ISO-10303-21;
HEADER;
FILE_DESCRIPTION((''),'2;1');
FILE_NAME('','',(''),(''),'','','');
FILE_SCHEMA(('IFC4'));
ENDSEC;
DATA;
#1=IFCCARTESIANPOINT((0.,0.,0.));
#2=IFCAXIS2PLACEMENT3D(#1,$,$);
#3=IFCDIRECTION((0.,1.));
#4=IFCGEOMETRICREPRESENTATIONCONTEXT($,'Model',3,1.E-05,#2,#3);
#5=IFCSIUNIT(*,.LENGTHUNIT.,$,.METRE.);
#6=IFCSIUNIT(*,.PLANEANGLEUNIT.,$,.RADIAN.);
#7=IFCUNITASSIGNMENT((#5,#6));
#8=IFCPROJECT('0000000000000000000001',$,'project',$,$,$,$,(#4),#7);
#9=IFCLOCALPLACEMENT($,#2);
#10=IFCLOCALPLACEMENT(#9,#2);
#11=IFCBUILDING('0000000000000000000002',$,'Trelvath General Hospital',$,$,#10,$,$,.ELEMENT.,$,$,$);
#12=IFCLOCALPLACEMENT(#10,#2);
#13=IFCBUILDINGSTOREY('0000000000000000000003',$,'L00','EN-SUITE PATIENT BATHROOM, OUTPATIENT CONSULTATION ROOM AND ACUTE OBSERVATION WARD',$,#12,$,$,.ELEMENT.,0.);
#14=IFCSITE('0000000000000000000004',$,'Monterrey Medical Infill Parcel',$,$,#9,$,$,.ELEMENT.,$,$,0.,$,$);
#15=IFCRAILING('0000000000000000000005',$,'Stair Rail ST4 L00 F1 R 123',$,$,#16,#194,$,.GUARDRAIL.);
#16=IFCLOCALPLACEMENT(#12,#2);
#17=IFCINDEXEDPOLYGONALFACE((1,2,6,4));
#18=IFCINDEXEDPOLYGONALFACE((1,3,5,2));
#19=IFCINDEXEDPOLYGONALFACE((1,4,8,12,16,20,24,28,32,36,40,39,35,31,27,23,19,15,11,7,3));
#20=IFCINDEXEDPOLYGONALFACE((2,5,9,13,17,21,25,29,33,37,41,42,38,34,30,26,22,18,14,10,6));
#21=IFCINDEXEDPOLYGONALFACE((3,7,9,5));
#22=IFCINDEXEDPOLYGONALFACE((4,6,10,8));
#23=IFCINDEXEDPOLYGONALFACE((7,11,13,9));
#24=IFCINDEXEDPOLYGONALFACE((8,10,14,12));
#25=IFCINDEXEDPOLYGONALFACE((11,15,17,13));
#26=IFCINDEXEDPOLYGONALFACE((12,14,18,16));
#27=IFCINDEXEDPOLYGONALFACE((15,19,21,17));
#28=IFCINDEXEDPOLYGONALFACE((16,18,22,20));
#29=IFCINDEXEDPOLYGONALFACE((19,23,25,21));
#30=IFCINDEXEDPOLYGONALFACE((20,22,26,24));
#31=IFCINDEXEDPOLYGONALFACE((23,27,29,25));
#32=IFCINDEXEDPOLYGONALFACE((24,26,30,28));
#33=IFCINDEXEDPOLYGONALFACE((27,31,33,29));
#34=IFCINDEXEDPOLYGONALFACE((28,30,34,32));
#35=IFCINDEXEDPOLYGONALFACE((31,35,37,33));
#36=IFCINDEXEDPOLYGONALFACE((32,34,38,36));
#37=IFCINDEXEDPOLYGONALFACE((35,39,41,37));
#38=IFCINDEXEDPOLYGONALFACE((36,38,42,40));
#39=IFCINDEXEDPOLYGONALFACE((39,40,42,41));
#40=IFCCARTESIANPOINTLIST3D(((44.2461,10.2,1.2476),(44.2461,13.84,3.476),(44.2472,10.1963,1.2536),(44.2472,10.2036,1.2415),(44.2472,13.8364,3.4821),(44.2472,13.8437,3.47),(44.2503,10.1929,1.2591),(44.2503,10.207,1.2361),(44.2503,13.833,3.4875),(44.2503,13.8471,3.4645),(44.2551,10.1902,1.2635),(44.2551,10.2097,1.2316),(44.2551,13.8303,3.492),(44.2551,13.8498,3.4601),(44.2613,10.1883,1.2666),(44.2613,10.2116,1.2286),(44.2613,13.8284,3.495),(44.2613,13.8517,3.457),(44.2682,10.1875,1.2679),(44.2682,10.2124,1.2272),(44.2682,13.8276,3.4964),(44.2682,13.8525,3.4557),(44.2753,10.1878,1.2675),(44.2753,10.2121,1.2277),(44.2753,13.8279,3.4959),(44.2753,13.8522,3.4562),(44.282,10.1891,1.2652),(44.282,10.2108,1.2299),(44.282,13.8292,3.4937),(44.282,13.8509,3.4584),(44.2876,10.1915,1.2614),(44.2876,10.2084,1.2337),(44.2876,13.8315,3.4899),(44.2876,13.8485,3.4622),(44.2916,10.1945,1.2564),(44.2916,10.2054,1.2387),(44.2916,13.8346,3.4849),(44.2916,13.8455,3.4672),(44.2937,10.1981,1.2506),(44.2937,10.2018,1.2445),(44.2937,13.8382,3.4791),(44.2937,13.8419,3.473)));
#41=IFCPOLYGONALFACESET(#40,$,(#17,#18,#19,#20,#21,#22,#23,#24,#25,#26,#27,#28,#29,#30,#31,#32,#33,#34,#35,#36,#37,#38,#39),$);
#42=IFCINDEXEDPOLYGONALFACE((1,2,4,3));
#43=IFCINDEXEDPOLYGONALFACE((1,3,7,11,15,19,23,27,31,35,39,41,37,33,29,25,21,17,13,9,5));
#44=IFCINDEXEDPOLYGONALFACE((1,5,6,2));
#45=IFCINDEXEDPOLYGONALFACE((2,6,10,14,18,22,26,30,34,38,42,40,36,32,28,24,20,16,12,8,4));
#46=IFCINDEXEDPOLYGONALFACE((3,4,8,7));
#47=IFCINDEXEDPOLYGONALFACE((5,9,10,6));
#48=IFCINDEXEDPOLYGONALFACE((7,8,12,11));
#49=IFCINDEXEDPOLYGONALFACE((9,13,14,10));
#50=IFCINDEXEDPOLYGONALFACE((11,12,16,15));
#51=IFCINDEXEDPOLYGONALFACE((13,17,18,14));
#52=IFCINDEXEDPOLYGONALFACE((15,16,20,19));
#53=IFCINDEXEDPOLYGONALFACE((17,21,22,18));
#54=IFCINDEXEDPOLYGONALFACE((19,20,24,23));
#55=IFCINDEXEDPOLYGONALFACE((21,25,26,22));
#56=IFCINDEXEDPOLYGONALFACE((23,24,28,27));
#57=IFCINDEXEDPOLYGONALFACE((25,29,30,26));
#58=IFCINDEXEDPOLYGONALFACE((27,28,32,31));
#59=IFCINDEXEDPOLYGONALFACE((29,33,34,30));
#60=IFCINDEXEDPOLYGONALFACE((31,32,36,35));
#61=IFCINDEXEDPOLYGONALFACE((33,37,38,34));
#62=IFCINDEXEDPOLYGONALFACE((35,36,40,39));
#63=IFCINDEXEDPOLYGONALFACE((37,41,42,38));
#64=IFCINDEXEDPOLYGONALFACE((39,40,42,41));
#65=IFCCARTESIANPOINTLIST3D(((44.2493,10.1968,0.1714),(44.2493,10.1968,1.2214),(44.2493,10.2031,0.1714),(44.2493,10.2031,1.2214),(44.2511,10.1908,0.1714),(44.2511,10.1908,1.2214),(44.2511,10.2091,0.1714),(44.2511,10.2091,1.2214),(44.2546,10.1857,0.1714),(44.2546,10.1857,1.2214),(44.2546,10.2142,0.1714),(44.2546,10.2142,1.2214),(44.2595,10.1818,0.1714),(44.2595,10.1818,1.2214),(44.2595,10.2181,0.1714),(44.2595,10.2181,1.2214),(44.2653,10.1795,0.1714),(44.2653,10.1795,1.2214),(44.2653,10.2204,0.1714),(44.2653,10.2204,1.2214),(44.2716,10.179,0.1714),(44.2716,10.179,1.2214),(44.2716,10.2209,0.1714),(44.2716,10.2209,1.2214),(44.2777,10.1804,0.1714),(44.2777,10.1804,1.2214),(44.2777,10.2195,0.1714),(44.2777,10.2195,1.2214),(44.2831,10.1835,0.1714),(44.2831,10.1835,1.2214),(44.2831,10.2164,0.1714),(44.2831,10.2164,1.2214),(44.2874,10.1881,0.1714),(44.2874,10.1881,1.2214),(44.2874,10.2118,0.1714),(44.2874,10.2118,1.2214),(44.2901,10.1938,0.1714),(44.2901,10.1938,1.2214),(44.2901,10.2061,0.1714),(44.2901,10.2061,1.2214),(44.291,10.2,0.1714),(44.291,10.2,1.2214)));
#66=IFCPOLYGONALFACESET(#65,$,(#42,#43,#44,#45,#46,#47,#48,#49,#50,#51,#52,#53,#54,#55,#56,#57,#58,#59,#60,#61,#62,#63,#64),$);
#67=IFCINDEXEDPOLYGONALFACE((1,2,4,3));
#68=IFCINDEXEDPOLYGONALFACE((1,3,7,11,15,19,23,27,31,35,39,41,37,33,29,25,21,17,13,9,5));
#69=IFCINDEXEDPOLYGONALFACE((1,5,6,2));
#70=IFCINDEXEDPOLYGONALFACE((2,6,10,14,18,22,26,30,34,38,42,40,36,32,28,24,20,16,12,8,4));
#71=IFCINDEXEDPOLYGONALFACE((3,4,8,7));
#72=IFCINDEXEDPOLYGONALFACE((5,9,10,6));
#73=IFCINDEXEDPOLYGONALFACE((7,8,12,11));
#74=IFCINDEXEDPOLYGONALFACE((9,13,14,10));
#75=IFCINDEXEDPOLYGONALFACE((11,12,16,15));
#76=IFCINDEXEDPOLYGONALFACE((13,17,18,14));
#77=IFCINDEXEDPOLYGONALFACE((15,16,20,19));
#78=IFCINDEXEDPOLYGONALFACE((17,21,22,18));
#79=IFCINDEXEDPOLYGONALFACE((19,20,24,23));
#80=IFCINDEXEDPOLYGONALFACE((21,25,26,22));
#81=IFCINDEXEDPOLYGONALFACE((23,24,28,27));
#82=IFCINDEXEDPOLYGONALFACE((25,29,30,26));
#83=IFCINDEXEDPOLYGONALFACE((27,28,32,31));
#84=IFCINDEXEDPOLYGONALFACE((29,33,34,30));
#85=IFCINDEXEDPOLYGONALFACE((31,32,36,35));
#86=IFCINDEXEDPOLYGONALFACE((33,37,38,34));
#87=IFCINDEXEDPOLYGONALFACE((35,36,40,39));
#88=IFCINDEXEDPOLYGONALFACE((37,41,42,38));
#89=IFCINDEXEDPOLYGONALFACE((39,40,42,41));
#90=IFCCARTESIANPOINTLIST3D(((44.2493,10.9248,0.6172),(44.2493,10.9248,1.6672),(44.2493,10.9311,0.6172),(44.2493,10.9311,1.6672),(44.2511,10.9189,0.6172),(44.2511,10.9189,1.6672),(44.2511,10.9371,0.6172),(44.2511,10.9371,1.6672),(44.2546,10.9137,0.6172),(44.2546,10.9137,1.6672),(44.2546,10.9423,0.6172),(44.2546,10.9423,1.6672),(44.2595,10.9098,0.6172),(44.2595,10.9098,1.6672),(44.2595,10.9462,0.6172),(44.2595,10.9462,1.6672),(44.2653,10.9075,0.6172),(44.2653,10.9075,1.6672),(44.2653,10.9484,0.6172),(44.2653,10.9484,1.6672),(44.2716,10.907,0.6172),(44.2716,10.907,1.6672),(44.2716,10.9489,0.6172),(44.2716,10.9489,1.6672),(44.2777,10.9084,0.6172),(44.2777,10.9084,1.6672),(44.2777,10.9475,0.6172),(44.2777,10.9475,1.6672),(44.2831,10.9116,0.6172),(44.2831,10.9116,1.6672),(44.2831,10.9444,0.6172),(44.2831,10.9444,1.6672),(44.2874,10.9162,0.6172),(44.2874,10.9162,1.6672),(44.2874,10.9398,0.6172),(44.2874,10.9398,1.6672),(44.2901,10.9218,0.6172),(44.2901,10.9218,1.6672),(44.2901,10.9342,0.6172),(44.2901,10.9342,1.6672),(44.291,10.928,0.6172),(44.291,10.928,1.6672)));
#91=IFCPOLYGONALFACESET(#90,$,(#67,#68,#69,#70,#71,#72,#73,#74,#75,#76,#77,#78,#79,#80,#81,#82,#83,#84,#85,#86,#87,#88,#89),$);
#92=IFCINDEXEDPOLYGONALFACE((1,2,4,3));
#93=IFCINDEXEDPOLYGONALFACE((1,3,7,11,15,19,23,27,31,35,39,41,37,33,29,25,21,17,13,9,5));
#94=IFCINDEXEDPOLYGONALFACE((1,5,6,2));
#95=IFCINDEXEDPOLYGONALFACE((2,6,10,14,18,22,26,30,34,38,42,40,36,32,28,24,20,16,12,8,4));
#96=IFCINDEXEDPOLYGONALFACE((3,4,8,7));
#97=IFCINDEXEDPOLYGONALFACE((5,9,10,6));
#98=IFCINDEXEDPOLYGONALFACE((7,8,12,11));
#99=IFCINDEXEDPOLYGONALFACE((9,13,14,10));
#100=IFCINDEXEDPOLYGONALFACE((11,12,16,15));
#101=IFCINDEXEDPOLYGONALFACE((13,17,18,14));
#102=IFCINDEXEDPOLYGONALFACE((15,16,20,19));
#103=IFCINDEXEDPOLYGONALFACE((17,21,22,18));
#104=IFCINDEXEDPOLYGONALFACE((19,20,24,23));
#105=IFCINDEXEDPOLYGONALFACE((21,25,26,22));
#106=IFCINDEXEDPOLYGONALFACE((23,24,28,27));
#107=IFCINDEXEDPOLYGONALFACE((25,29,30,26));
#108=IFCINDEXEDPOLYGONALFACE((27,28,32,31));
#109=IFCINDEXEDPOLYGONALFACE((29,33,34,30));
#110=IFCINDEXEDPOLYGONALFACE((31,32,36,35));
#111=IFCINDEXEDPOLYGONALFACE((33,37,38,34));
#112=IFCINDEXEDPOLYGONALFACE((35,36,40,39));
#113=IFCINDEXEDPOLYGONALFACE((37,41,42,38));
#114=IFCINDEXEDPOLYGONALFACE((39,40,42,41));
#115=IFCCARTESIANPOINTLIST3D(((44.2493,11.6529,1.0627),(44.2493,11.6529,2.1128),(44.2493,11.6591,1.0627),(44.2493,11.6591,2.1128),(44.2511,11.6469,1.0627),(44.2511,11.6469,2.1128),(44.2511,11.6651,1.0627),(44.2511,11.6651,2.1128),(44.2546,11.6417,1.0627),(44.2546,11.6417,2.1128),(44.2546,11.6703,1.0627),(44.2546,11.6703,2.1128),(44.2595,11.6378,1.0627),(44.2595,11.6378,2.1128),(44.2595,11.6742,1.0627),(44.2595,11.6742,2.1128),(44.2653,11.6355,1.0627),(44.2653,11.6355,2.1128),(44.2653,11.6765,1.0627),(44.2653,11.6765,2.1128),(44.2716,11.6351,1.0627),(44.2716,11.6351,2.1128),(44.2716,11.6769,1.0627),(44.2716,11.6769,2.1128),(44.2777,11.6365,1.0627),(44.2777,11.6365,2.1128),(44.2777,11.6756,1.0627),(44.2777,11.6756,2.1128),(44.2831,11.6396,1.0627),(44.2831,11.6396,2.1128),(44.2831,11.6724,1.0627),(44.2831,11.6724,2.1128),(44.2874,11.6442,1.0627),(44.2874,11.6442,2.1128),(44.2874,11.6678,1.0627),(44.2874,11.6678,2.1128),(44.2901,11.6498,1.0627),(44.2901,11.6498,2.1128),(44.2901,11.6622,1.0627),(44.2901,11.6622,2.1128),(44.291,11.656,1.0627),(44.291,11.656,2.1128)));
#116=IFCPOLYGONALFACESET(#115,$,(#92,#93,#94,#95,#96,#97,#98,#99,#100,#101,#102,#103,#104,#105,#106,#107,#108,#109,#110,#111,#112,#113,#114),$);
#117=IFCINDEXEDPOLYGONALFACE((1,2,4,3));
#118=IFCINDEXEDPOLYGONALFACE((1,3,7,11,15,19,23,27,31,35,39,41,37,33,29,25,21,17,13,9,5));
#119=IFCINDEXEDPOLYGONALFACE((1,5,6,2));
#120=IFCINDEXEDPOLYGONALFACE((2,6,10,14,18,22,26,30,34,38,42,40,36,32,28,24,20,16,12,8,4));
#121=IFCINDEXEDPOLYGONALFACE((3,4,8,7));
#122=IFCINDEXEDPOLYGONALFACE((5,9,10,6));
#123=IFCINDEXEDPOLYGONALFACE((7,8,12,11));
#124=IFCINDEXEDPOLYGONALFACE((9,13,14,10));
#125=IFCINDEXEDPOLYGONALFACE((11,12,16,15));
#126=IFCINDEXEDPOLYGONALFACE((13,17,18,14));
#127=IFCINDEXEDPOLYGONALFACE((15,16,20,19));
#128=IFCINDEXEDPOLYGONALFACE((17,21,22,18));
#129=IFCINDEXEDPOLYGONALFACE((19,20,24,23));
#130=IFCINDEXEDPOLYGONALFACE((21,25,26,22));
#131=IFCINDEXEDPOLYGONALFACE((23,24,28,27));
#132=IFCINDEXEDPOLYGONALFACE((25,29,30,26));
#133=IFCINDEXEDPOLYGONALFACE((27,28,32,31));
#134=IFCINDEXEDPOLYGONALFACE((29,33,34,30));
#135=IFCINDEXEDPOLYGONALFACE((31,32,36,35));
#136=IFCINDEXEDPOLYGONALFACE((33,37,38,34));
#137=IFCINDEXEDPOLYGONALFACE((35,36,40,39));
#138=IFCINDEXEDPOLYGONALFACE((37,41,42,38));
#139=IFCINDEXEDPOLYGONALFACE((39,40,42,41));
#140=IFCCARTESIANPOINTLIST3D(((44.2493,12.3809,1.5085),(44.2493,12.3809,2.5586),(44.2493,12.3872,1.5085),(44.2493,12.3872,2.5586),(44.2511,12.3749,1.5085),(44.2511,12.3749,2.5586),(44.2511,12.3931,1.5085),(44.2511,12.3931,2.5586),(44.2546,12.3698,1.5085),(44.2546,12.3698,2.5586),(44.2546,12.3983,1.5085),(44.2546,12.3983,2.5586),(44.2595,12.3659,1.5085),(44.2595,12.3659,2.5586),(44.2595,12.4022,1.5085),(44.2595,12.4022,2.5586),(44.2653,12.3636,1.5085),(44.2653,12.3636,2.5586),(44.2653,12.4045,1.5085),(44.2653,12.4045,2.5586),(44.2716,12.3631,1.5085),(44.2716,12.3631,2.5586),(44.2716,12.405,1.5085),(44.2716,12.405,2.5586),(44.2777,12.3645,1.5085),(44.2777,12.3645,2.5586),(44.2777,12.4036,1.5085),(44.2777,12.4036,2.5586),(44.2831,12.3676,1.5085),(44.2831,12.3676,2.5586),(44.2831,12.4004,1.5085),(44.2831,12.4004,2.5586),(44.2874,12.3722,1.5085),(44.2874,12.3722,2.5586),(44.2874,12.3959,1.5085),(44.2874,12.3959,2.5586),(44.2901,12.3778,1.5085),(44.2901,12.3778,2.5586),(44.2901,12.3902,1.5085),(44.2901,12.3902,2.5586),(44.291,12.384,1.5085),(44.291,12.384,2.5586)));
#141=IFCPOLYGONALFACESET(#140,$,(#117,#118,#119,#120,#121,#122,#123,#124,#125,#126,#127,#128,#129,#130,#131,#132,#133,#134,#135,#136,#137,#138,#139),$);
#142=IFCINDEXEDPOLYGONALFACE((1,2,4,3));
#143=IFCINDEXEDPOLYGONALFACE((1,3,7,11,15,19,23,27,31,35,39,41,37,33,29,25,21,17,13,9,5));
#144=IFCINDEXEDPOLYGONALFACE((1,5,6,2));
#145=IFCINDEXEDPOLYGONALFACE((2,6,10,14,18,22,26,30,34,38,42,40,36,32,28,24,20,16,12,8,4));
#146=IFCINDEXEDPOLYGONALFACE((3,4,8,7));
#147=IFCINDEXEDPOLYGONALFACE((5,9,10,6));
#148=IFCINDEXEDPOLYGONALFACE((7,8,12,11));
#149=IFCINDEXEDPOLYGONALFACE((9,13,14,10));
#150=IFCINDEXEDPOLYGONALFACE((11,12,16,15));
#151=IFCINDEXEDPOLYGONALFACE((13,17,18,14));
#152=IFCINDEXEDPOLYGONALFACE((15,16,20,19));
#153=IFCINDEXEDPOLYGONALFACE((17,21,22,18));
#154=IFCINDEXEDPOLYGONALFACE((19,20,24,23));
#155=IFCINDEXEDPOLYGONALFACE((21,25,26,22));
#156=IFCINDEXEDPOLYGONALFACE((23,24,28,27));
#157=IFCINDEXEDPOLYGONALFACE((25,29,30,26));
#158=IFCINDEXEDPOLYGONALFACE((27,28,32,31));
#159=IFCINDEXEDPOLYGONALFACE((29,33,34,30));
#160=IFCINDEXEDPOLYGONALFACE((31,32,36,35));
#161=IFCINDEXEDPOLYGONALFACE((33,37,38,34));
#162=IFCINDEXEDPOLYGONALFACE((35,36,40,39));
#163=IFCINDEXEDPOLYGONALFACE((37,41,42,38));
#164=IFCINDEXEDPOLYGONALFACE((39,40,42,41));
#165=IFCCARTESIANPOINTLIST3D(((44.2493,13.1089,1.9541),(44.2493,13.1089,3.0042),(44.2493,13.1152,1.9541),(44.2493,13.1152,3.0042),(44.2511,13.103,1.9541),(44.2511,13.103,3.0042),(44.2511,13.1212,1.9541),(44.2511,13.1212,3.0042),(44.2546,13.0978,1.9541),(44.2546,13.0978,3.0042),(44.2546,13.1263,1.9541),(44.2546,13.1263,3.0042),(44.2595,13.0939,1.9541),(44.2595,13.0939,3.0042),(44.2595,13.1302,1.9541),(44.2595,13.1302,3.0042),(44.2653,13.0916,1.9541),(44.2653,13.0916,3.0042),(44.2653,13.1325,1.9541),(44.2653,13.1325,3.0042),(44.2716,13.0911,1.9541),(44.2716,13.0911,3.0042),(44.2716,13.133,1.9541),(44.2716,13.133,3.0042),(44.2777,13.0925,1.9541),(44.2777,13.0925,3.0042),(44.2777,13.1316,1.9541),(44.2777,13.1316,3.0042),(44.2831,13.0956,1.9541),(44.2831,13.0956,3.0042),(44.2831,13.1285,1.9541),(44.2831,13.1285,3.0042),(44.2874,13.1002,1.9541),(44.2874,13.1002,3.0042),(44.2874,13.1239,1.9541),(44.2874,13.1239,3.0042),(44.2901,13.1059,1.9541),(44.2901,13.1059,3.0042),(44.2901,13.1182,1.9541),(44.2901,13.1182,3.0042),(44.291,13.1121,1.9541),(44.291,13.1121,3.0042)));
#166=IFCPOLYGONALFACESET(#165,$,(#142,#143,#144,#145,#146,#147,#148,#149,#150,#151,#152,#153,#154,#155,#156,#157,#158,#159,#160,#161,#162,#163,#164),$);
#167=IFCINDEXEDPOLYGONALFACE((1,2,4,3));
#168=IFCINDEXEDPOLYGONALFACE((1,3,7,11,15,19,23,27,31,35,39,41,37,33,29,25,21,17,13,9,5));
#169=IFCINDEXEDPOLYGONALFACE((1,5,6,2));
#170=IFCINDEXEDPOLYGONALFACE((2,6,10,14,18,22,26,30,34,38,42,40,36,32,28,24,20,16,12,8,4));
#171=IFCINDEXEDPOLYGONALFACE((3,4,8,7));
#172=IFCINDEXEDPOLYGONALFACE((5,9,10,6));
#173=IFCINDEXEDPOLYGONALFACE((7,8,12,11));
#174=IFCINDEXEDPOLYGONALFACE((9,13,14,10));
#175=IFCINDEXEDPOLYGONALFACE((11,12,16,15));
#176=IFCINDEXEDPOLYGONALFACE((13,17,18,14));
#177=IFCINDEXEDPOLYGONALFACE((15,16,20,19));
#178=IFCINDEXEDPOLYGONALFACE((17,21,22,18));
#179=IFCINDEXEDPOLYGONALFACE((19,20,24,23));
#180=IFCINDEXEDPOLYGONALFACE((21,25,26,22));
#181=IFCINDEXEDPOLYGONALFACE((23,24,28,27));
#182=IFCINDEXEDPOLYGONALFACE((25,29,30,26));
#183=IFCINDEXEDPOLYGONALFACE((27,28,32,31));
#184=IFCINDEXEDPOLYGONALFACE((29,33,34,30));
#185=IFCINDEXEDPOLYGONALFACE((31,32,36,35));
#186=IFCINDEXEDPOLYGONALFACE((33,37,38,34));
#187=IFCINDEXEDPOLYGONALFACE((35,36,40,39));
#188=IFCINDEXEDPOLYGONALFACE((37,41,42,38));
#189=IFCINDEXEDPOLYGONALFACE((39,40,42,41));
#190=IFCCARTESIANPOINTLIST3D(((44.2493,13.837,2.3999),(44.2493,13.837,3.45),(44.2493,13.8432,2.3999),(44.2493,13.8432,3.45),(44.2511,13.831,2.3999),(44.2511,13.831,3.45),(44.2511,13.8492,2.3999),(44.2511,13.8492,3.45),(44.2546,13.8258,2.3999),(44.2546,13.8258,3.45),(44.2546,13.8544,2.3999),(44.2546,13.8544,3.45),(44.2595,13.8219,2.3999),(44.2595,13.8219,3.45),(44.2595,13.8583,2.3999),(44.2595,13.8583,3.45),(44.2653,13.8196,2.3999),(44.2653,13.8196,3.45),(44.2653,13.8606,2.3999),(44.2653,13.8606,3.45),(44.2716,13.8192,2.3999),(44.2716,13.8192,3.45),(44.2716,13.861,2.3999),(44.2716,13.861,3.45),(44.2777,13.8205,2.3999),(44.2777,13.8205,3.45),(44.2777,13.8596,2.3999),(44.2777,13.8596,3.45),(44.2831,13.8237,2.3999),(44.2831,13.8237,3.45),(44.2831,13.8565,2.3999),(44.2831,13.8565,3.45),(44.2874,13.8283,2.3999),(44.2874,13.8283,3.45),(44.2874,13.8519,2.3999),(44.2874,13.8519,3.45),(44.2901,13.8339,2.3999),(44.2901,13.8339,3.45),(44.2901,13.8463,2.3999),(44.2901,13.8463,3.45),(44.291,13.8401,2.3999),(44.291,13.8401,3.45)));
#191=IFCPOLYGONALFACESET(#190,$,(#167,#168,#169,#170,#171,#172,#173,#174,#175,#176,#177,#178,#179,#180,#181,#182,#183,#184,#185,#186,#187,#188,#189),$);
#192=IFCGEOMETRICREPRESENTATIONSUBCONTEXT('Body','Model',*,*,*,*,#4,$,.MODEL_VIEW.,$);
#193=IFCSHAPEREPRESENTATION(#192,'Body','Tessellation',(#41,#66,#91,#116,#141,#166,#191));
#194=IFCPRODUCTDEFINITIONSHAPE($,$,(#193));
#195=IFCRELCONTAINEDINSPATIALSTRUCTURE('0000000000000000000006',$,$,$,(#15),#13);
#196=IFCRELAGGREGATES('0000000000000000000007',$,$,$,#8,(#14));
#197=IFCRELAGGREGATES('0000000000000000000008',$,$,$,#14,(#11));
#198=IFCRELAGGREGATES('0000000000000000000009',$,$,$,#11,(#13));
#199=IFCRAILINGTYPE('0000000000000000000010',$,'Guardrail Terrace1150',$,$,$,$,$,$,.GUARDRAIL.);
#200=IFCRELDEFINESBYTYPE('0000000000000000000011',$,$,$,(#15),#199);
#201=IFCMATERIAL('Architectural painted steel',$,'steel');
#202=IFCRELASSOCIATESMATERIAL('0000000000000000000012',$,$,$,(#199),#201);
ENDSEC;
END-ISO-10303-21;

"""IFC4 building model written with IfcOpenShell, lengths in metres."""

from ifc_helpers import new_model, si_unit, direction, frame, origin, origin_2d, place, context, subcontext, project, spatial, circle, extrude, material, type_object, element, save


model = new_model("IFC4")

# Units and contexts
model_context = context("Model", 3, precision=1e-05, world=origin(), true_north=direction((0.0, 1.0)))
body_context = subcontext(model_context, "Body", "Model", "MODEL_VIEW")
ifc_project = project(units=[si_unit("LENGTHUNIT", "METRE"), si_unit("PLANEANGLEUNIT", "RADIAN")], contexts=[model_context])

# Site, building, storey
site_placement = place(None, origin())
site = spatial("IfcSite", under=ifc_project, at=site_placement, Name="Monterrey Medical Infill Parcel", CompositionType="ELEMENT", RefElevation=0.0)
building_placement = place(site_placement, origin())
building = spatial("IfcBuilding", under=site, at=building_placement, Name="Trelvath General Hospital", CompositionType="ELEMENT")
storey_placement = place(building_placement, origin())
storey = spatial("IfcBuildingStorey", under=building, at=storey_placement, Name="L00", Description="EN-SUITE PATIENT BATHROOM, OUTPATIENT CONSULTATION ROOM AND ACUTE OBSERVATION WARD", CompositionType="ELEMENT", Elevation=0.0)

# Railing
ifc_material_1 = material(Name="Architectural painted steel", Category="steel")
railing_type_1 = type_object("IfcRailingType", Name="Guardrail Terrace1150", PredefinedType="GUARDRAIL", material=ifc_material_1)
railing_1_placement = place(storey_placement, frame((44.27, 10.2, 0.1714)))
element("IfcRailing", 1, at=railing_1_placement, inside=storey, type_object=railing_type_1, Name="Stair Rail ST4 L00 F1 R 123", PredefinedType="GUARDRAIL", context=body_context, shape_type="SweptSolid", body=[
    extrude(circle(Radius=0.0239, at=origin_2d()), frame((0.0, 0.0, 1.0762), z_axis=(0.0, 0.852866, 0.52213), x_axis=(-1.0, 0.0, 0.0)), (0.0, 0.0, 1.0), 4.2681),
    extrude(circle(Radius=0.021, at=origin_2d()), origin(), (0.0, 0.0, 1.0), 1.05),
    extrude(circle(Radius=0.021, at=origin_2d()), frame((0.0, 0.728, 0.4458)), (0.0, 0.0, 1.0), 1.05),
    extrude(circle(Radius=0.021, at=origin_2d()), frame((0.0, 1.4561, 0.8914)), (0.0, 0.0, 1.0), 1.05),
    extrude(circle(Radius=0.021, at=origin_2d()), frame((0.0, 2.1841, 1.3372)), (0.0, 0.0, 1.0), 1.05),
    extrude(circle(Radius=0.021, at=origin_2d()), frame((0.0, 2.9121, 1.7827)), (0.0, 0.0, 1.0), 1.05),
    extrude(circle(Radius=0.021, at=origin_2d()), frame((0.0, 3.6401, 2.2285)), (0.0, 0.0, 1.0), 1.05),
])

save(model, "model.ifc")
